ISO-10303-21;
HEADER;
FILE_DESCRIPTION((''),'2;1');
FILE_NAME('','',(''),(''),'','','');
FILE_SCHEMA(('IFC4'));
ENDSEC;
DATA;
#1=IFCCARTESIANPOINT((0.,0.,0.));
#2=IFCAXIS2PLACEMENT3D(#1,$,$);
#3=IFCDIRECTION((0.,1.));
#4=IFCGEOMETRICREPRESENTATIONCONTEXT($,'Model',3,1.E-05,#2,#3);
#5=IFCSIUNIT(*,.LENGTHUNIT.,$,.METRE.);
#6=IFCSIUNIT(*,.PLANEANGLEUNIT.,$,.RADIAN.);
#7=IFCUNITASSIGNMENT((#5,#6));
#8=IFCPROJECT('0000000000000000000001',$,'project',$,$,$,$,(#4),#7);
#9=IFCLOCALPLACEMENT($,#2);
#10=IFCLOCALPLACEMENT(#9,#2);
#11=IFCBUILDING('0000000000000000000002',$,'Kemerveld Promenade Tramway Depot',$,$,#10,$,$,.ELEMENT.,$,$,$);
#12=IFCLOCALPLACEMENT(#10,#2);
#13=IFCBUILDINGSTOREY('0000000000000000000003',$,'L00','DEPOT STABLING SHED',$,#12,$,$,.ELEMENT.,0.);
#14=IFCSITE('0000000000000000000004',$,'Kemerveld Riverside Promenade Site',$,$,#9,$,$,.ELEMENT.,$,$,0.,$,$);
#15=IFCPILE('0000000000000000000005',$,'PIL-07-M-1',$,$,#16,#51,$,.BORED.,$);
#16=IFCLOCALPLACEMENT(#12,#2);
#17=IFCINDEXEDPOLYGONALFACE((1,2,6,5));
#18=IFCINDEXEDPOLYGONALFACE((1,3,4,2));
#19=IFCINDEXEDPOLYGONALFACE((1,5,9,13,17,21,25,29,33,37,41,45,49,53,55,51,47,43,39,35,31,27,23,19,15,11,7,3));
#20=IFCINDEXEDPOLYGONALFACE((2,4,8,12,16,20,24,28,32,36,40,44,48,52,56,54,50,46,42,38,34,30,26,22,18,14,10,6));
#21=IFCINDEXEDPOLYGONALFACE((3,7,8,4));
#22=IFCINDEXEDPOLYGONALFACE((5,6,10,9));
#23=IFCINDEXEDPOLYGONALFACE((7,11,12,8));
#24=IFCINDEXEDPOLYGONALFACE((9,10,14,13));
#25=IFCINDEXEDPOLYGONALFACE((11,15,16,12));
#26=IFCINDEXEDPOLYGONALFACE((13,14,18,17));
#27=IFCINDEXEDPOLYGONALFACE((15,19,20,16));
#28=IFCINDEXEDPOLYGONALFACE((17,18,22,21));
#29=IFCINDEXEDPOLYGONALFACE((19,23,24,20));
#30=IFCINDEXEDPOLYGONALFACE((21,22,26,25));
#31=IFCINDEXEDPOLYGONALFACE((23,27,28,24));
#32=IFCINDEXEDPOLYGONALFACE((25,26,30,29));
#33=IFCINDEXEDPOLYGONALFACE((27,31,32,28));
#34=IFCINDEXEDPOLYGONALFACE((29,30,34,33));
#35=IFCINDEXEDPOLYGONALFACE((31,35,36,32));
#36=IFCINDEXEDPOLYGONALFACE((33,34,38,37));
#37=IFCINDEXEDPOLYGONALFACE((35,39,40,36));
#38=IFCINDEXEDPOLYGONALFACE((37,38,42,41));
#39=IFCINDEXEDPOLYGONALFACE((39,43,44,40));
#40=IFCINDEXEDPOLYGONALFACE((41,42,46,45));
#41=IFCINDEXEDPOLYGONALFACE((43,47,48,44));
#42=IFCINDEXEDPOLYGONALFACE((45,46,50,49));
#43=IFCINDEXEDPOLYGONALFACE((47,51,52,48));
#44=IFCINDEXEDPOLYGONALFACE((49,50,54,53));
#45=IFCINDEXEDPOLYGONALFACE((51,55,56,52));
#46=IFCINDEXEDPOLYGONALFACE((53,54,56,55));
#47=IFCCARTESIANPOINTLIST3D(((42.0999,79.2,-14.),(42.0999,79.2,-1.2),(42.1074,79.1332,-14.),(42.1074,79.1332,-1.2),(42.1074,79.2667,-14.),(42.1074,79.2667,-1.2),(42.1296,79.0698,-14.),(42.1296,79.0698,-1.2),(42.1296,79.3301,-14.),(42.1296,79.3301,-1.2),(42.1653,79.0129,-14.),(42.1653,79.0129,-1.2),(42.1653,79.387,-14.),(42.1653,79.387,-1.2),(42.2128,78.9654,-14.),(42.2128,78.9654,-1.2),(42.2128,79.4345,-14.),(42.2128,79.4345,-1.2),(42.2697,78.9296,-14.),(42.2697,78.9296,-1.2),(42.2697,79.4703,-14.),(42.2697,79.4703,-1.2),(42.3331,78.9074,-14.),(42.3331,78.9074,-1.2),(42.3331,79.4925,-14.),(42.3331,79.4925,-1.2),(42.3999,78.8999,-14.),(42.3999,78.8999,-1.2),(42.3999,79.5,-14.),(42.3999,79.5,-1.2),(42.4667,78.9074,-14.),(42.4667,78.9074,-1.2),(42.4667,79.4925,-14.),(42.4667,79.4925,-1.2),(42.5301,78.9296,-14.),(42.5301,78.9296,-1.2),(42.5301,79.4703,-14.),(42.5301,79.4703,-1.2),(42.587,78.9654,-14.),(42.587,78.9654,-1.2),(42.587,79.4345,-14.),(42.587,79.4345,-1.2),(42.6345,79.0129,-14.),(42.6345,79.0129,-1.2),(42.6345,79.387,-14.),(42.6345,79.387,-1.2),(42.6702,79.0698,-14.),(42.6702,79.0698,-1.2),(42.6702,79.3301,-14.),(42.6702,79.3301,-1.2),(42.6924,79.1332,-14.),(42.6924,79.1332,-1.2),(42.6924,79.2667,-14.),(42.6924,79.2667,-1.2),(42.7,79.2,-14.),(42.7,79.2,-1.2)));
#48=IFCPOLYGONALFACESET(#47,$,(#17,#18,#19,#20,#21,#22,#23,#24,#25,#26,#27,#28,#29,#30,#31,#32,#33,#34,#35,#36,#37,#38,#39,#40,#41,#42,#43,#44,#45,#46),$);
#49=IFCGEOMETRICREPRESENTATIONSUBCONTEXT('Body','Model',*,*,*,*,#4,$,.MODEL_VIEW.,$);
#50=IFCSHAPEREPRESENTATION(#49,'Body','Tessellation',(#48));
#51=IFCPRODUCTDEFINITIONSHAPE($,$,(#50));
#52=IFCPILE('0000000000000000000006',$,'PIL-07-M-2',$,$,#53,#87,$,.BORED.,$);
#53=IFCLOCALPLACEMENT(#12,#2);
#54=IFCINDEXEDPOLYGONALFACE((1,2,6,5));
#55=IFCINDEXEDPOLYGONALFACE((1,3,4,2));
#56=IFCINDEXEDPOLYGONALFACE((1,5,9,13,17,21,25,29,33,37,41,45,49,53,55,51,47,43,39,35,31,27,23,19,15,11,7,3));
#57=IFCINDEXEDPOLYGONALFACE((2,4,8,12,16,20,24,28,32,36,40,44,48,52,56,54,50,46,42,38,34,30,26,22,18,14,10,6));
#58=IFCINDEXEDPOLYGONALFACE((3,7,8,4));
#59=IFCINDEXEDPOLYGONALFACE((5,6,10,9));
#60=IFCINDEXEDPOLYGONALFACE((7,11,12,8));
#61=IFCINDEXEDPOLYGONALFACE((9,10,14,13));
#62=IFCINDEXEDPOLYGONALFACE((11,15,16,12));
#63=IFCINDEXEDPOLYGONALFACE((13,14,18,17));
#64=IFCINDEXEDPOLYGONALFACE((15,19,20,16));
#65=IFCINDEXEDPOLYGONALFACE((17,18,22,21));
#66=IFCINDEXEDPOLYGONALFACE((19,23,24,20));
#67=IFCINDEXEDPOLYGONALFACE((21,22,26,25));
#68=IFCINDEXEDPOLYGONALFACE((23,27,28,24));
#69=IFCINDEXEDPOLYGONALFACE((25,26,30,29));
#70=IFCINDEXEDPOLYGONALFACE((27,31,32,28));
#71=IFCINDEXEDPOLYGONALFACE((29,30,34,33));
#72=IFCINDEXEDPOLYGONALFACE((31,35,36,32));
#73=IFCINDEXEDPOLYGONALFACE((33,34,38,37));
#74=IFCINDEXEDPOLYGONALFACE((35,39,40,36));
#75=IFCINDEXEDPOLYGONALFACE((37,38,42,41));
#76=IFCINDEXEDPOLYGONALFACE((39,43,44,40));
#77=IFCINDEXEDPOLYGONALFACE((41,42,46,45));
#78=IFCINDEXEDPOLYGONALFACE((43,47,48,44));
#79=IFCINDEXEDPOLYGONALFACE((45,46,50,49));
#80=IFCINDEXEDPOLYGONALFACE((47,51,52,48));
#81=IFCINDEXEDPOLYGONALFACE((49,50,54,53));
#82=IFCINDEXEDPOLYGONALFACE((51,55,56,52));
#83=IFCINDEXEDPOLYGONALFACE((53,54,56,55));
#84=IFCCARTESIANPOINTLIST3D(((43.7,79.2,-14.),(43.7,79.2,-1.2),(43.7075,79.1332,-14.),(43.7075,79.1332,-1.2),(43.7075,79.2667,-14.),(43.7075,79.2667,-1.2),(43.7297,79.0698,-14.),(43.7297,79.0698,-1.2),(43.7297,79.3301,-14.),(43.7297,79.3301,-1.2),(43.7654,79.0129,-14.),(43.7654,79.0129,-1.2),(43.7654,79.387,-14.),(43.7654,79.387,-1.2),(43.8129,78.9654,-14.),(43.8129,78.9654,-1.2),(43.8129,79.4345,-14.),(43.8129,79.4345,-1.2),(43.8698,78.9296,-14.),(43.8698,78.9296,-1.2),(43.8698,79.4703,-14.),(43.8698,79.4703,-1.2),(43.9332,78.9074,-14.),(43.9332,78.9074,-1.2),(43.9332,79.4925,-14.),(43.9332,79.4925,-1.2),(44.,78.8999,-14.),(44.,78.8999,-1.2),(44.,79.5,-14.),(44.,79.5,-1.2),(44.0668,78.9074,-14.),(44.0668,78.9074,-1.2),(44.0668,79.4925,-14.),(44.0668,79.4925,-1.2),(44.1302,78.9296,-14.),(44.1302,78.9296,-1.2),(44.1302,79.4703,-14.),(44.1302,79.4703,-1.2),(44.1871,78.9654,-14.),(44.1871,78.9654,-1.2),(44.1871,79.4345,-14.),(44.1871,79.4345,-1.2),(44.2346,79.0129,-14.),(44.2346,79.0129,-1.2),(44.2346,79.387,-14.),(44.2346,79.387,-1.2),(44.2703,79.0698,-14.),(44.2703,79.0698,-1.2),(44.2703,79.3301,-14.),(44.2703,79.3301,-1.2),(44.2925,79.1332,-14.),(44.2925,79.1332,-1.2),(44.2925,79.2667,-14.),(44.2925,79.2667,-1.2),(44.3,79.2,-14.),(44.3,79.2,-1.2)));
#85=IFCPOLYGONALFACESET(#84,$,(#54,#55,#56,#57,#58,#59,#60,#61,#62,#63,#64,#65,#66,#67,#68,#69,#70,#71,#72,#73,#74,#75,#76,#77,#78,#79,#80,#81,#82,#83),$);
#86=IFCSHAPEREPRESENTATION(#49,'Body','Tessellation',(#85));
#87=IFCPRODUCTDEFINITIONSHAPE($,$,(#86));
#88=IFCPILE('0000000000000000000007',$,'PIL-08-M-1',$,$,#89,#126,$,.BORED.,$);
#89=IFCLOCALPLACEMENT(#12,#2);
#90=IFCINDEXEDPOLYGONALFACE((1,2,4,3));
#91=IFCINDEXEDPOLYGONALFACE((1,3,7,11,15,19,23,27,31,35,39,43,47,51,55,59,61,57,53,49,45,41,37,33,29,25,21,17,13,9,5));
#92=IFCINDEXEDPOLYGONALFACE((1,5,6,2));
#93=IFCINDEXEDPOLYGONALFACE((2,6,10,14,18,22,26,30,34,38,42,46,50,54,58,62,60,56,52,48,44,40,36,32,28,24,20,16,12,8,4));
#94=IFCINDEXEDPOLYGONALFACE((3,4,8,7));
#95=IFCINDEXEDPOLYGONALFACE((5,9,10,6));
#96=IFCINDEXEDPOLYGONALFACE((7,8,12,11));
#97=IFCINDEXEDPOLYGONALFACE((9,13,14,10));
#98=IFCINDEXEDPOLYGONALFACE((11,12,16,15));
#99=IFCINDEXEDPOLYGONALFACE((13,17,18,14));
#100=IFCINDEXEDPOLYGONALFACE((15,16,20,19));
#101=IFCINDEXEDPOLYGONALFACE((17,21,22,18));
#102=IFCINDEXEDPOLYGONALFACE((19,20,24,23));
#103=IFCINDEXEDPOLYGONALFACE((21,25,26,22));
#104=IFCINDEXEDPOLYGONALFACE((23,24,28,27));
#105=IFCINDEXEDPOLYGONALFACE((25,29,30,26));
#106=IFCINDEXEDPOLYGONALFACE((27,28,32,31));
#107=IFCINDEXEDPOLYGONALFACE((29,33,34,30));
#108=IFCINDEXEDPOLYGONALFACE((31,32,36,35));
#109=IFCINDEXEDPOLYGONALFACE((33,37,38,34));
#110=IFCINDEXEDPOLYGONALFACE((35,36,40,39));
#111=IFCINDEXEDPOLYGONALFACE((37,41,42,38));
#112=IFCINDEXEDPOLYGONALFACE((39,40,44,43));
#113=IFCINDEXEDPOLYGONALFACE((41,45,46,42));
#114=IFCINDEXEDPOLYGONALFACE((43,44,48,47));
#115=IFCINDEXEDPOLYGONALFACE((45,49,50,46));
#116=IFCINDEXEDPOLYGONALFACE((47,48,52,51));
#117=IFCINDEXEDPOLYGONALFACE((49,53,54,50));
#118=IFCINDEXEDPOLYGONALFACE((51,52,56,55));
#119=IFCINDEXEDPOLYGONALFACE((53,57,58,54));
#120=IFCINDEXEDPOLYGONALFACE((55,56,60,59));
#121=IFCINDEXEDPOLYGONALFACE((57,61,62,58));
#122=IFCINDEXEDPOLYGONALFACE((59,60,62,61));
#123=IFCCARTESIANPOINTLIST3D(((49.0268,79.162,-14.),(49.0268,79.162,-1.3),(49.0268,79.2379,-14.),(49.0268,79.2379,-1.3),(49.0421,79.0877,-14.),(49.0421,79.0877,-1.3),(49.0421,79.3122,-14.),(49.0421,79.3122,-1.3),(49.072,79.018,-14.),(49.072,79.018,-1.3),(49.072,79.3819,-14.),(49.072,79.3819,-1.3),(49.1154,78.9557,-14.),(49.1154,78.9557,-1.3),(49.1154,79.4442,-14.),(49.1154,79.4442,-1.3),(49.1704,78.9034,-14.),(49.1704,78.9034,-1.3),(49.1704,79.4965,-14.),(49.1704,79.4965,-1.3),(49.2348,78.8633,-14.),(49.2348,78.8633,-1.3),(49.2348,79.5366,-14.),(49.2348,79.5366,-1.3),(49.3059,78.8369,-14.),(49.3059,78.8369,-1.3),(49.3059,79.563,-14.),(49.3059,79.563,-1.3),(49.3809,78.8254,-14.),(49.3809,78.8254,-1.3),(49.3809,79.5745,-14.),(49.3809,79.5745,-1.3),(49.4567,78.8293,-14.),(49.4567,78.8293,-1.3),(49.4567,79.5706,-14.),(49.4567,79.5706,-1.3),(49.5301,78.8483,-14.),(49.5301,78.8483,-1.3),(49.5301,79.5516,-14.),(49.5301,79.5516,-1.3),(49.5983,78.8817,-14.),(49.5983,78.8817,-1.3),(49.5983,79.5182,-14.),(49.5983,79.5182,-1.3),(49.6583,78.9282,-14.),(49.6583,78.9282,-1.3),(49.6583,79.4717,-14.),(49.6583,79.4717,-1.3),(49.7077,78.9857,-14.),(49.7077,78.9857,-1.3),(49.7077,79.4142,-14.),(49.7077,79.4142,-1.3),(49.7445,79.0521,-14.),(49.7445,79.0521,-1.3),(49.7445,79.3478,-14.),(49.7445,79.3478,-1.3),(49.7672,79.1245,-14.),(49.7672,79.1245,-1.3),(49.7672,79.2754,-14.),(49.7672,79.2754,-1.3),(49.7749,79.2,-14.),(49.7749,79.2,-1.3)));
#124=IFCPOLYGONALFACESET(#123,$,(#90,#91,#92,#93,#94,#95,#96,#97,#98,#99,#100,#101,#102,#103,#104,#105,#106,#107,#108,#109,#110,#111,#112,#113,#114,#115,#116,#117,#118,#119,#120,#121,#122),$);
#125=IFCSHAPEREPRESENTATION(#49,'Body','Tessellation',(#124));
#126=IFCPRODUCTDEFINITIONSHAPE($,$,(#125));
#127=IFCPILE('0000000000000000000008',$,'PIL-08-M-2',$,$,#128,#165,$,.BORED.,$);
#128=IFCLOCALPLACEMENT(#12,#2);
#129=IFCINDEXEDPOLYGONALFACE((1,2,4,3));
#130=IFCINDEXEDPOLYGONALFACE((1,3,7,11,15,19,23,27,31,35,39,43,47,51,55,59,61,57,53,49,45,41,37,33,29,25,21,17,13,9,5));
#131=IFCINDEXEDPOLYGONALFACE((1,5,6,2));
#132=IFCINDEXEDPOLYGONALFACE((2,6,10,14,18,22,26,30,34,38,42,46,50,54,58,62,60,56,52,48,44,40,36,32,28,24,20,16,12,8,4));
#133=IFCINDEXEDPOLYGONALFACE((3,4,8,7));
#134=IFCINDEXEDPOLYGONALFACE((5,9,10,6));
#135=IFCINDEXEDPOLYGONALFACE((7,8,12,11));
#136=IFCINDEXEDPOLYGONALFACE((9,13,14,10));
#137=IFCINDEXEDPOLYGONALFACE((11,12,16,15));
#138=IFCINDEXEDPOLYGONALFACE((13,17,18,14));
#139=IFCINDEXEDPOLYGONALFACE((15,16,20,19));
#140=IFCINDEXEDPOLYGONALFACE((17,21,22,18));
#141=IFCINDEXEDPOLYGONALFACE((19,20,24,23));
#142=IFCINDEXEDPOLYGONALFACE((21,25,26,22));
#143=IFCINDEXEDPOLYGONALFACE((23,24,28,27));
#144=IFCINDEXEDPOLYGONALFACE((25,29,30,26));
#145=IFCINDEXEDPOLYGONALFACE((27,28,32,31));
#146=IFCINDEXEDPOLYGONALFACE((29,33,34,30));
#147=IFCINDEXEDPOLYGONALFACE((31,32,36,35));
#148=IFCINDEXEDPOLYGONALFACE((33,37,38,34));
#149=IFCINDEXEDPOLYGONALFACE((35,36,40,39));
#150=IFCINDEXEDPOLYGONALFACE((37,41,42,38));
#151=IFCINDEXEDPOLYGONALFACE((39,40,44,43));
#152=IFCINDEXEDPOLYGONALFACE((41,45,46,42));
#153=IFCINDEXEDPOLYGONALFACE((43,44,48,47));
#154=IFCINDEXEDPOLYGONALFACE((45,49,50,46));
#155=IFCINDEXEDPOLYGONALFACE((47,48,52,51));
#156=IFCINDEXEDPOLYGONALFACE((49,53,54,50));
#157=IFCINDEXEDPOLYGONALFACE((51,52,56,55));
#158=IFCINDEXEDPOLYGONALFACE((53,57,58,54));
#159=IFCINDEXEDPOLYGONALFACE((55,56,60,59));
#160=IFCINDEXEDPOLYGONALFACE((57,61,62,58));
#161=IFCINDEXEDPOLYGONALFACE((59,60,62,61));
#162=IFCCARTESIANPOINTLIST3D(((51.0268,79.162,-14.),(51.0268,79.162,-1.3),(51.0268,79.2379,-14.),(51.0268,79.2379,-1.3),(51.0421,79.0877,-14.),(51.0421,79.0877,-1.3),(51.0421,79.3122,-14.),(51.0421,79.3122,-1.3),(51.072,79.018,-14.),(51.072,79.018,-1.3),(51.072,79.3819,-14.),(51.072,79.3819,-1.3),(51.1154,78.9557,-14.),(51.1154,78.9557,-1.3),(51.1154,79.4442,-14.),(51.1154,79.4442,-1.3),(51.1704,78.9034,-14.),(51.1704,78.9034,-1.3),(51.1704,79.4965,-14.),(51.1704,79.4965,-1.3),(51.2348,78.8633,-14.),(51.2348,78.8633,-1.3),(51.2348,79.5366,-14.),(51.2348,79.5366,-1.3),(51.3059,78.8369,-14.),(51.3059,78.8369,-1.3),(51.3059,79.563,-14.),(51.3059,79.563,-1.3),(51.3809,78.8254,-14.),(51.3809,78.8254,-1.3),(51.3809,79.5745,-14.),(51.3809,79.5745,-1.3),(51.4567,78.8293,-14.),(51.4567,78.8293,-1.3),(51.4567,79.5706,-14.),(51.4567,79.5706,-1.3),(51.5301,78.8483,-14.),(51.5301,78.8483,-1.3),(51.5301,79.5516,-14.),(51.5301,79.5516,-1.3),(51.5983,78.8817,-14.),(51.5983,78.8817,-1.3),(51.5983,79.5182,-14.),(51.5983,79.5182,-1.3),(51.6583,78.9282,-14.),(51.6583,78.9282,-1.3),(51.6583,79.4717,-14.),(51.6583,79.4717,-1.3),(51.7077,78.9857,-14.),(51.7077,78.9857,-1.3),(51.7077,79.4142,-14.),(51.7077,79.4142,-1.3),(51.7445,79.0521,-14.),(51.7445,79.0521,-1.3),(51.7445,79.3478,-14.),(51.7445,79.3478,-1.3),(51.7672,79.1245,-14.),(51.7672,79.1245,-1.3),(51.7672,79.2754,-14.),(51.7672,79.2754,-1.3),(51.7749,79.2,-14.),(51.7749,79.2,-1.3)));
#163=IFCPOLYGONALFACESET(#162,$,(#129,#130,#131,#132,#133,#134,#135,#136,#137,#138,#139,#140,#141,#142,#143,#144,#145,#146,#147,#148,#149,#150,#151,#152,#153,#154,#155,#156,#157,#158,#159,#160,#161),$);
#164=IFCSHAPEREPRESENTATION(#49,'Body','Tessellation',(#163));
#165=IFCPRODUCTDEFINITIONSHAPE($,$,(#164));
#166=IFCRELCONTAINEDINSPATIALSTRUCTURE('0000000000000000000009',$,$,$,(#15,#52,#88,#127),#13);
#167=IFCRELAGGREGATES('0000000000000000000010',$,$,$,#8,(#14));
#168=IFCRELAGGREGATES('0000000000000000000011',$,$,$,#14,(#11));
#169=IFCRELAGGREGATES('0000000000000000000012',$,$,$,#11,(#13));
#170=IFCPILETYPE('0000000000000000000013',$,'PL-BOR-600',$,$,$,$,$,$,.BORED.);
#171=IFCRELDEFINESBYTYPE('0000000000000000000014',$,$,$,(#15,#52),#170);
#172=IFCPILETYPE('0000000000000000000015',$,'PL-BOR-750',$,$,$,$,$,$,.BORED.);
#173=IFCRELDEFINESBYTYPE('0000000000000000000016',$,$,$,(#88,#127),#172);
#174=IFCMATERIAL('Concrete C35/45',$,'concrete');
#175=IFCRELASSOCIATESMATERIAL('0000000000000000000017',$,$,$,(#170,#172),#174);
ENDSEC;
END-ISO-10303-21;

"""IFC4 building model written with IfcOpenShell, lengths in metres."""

from ifc_helpers import new_model, si_unit, direction, frame, origin, origin_2d, place, context, subcontext, project, spatial, circle, extrude, material, material_profile, profile_set, type_object, element, save


model = new_model("IFC4")

# Units and contexts
model_context = context("Model", 3, precision=1e-05, world=origin(), true_north=direction((0.0, 1.0)))
body_context = subcontext(model_context, "Body", "Model", "MODEL_VIEW")
ifc_project = project(units=[si_unit("LENGTHUNIT", "METRE"), si_unit("PLANEANGLEUNIT", "RADIAN")], contexts=[model_context])

# Site, building, storey
site_placement = place(None, origin())
site = spatial("IfcSite", under=ifc_project, at=site_placement, Name="Kemerveld Riverside Promenade Site", CompositionType="ELEMENT", RefElevation=0.0)
building_placement = place(site_placement, origin())
building = spatial("IfcBuilding", under=site, at=building_placement, Name="Kemerveld Promenade Tramway Depot", CompositionType="ELEMENT")
storey_placement = place(building_placement, origin())
storey = spatial("IfcBuildingStorey", under=building, at=storey_placement, Name="L00", Description="DEPOT STABLING SHED", CompositionType="ELEMENT", Elevation=0.0)

# Shared definitions
ifc_material_1 = material(Name="Concrete C35/45", Category="concrete")

# Piles
ifc_material_profile_1 = material_profile(ifc_material_1, circle(Radius=0.3, at=origin_2d()), Name="PILE-D600")
ifc_profile_set_1 = profile_set([ifc_material_profile_1], Name="Concrete C35/45")
pile_type_1 = type_object("IfcPileType", Name="PL-BOR-600", PredefinedType="BORED", material=ifc_profile_set_1)
for number, where, z_axis, x_axis, name in (
    (1, (42.3999, 79.2, -1.2), (0.0, 0.0, -1.0), (1.0, 0.0, 0.0), "PIL-07-M-1"),
    (2, (44.0, 79.2, -1.2), (0.0, 0.0, -1.0), (1.0, 0.0, 0.0), "PIL-07-M-2"),
):
    element("IfcPile", number, at=place(storey_placement, frame(where, z_axis=z_axis, x_axis=x_axis)), inside=storey, type_object=pile_type_1, Name=name, PredefinedType="BORED", context=body_context, shape_type="SweptSolid", body=[
        extrude(circle(Radius=0.3, at=origin_2d()), origin(), (0.0, 0.0, 1.0), 12.8),
    ])
ifc_material_profile_2 = material_profile(ifc_material_1, circle(Radius=0.375, at=origin_2d()), Name="PILE-D750")
ifc_profile_set_2 = profile_set([ifc_material_profile_2], Name="Concrete C35/45")
pile_type_2 = type_object("IfcPileType", Name="PL-BOR-750", PredefinedType="BORED", material=ifc_profile_set_2)
for number, where, z_axis, x_axis, name in (
    (3, (49.3999, 79.2, -1.3), (0.0, 0.0, -1.0), (1.0, 0.0, 0.0), "PIL-08-M-1"),
    (4, (51.3999, 79.2, -1.3), (0.0, 0.0, -1.0), (1.0, 0.0, 0.0), "PIL-08-M-2"),
):
    element("IfcPile", number, at=place(storey_placement, frame(where, z_axis=z_axis, x_axis=x_axis)), inside=storey, type_object=pile_type_2, Name=name, PredefinedType="BORED", context=body_context, shape_type="SweptSolid", body=[
        extrude(circle(Radius=0.375, at=origin_2d()), origin(), (0.0, 0.0, 1.0), 12.7),
    ])

save(model, "model.ifc")
